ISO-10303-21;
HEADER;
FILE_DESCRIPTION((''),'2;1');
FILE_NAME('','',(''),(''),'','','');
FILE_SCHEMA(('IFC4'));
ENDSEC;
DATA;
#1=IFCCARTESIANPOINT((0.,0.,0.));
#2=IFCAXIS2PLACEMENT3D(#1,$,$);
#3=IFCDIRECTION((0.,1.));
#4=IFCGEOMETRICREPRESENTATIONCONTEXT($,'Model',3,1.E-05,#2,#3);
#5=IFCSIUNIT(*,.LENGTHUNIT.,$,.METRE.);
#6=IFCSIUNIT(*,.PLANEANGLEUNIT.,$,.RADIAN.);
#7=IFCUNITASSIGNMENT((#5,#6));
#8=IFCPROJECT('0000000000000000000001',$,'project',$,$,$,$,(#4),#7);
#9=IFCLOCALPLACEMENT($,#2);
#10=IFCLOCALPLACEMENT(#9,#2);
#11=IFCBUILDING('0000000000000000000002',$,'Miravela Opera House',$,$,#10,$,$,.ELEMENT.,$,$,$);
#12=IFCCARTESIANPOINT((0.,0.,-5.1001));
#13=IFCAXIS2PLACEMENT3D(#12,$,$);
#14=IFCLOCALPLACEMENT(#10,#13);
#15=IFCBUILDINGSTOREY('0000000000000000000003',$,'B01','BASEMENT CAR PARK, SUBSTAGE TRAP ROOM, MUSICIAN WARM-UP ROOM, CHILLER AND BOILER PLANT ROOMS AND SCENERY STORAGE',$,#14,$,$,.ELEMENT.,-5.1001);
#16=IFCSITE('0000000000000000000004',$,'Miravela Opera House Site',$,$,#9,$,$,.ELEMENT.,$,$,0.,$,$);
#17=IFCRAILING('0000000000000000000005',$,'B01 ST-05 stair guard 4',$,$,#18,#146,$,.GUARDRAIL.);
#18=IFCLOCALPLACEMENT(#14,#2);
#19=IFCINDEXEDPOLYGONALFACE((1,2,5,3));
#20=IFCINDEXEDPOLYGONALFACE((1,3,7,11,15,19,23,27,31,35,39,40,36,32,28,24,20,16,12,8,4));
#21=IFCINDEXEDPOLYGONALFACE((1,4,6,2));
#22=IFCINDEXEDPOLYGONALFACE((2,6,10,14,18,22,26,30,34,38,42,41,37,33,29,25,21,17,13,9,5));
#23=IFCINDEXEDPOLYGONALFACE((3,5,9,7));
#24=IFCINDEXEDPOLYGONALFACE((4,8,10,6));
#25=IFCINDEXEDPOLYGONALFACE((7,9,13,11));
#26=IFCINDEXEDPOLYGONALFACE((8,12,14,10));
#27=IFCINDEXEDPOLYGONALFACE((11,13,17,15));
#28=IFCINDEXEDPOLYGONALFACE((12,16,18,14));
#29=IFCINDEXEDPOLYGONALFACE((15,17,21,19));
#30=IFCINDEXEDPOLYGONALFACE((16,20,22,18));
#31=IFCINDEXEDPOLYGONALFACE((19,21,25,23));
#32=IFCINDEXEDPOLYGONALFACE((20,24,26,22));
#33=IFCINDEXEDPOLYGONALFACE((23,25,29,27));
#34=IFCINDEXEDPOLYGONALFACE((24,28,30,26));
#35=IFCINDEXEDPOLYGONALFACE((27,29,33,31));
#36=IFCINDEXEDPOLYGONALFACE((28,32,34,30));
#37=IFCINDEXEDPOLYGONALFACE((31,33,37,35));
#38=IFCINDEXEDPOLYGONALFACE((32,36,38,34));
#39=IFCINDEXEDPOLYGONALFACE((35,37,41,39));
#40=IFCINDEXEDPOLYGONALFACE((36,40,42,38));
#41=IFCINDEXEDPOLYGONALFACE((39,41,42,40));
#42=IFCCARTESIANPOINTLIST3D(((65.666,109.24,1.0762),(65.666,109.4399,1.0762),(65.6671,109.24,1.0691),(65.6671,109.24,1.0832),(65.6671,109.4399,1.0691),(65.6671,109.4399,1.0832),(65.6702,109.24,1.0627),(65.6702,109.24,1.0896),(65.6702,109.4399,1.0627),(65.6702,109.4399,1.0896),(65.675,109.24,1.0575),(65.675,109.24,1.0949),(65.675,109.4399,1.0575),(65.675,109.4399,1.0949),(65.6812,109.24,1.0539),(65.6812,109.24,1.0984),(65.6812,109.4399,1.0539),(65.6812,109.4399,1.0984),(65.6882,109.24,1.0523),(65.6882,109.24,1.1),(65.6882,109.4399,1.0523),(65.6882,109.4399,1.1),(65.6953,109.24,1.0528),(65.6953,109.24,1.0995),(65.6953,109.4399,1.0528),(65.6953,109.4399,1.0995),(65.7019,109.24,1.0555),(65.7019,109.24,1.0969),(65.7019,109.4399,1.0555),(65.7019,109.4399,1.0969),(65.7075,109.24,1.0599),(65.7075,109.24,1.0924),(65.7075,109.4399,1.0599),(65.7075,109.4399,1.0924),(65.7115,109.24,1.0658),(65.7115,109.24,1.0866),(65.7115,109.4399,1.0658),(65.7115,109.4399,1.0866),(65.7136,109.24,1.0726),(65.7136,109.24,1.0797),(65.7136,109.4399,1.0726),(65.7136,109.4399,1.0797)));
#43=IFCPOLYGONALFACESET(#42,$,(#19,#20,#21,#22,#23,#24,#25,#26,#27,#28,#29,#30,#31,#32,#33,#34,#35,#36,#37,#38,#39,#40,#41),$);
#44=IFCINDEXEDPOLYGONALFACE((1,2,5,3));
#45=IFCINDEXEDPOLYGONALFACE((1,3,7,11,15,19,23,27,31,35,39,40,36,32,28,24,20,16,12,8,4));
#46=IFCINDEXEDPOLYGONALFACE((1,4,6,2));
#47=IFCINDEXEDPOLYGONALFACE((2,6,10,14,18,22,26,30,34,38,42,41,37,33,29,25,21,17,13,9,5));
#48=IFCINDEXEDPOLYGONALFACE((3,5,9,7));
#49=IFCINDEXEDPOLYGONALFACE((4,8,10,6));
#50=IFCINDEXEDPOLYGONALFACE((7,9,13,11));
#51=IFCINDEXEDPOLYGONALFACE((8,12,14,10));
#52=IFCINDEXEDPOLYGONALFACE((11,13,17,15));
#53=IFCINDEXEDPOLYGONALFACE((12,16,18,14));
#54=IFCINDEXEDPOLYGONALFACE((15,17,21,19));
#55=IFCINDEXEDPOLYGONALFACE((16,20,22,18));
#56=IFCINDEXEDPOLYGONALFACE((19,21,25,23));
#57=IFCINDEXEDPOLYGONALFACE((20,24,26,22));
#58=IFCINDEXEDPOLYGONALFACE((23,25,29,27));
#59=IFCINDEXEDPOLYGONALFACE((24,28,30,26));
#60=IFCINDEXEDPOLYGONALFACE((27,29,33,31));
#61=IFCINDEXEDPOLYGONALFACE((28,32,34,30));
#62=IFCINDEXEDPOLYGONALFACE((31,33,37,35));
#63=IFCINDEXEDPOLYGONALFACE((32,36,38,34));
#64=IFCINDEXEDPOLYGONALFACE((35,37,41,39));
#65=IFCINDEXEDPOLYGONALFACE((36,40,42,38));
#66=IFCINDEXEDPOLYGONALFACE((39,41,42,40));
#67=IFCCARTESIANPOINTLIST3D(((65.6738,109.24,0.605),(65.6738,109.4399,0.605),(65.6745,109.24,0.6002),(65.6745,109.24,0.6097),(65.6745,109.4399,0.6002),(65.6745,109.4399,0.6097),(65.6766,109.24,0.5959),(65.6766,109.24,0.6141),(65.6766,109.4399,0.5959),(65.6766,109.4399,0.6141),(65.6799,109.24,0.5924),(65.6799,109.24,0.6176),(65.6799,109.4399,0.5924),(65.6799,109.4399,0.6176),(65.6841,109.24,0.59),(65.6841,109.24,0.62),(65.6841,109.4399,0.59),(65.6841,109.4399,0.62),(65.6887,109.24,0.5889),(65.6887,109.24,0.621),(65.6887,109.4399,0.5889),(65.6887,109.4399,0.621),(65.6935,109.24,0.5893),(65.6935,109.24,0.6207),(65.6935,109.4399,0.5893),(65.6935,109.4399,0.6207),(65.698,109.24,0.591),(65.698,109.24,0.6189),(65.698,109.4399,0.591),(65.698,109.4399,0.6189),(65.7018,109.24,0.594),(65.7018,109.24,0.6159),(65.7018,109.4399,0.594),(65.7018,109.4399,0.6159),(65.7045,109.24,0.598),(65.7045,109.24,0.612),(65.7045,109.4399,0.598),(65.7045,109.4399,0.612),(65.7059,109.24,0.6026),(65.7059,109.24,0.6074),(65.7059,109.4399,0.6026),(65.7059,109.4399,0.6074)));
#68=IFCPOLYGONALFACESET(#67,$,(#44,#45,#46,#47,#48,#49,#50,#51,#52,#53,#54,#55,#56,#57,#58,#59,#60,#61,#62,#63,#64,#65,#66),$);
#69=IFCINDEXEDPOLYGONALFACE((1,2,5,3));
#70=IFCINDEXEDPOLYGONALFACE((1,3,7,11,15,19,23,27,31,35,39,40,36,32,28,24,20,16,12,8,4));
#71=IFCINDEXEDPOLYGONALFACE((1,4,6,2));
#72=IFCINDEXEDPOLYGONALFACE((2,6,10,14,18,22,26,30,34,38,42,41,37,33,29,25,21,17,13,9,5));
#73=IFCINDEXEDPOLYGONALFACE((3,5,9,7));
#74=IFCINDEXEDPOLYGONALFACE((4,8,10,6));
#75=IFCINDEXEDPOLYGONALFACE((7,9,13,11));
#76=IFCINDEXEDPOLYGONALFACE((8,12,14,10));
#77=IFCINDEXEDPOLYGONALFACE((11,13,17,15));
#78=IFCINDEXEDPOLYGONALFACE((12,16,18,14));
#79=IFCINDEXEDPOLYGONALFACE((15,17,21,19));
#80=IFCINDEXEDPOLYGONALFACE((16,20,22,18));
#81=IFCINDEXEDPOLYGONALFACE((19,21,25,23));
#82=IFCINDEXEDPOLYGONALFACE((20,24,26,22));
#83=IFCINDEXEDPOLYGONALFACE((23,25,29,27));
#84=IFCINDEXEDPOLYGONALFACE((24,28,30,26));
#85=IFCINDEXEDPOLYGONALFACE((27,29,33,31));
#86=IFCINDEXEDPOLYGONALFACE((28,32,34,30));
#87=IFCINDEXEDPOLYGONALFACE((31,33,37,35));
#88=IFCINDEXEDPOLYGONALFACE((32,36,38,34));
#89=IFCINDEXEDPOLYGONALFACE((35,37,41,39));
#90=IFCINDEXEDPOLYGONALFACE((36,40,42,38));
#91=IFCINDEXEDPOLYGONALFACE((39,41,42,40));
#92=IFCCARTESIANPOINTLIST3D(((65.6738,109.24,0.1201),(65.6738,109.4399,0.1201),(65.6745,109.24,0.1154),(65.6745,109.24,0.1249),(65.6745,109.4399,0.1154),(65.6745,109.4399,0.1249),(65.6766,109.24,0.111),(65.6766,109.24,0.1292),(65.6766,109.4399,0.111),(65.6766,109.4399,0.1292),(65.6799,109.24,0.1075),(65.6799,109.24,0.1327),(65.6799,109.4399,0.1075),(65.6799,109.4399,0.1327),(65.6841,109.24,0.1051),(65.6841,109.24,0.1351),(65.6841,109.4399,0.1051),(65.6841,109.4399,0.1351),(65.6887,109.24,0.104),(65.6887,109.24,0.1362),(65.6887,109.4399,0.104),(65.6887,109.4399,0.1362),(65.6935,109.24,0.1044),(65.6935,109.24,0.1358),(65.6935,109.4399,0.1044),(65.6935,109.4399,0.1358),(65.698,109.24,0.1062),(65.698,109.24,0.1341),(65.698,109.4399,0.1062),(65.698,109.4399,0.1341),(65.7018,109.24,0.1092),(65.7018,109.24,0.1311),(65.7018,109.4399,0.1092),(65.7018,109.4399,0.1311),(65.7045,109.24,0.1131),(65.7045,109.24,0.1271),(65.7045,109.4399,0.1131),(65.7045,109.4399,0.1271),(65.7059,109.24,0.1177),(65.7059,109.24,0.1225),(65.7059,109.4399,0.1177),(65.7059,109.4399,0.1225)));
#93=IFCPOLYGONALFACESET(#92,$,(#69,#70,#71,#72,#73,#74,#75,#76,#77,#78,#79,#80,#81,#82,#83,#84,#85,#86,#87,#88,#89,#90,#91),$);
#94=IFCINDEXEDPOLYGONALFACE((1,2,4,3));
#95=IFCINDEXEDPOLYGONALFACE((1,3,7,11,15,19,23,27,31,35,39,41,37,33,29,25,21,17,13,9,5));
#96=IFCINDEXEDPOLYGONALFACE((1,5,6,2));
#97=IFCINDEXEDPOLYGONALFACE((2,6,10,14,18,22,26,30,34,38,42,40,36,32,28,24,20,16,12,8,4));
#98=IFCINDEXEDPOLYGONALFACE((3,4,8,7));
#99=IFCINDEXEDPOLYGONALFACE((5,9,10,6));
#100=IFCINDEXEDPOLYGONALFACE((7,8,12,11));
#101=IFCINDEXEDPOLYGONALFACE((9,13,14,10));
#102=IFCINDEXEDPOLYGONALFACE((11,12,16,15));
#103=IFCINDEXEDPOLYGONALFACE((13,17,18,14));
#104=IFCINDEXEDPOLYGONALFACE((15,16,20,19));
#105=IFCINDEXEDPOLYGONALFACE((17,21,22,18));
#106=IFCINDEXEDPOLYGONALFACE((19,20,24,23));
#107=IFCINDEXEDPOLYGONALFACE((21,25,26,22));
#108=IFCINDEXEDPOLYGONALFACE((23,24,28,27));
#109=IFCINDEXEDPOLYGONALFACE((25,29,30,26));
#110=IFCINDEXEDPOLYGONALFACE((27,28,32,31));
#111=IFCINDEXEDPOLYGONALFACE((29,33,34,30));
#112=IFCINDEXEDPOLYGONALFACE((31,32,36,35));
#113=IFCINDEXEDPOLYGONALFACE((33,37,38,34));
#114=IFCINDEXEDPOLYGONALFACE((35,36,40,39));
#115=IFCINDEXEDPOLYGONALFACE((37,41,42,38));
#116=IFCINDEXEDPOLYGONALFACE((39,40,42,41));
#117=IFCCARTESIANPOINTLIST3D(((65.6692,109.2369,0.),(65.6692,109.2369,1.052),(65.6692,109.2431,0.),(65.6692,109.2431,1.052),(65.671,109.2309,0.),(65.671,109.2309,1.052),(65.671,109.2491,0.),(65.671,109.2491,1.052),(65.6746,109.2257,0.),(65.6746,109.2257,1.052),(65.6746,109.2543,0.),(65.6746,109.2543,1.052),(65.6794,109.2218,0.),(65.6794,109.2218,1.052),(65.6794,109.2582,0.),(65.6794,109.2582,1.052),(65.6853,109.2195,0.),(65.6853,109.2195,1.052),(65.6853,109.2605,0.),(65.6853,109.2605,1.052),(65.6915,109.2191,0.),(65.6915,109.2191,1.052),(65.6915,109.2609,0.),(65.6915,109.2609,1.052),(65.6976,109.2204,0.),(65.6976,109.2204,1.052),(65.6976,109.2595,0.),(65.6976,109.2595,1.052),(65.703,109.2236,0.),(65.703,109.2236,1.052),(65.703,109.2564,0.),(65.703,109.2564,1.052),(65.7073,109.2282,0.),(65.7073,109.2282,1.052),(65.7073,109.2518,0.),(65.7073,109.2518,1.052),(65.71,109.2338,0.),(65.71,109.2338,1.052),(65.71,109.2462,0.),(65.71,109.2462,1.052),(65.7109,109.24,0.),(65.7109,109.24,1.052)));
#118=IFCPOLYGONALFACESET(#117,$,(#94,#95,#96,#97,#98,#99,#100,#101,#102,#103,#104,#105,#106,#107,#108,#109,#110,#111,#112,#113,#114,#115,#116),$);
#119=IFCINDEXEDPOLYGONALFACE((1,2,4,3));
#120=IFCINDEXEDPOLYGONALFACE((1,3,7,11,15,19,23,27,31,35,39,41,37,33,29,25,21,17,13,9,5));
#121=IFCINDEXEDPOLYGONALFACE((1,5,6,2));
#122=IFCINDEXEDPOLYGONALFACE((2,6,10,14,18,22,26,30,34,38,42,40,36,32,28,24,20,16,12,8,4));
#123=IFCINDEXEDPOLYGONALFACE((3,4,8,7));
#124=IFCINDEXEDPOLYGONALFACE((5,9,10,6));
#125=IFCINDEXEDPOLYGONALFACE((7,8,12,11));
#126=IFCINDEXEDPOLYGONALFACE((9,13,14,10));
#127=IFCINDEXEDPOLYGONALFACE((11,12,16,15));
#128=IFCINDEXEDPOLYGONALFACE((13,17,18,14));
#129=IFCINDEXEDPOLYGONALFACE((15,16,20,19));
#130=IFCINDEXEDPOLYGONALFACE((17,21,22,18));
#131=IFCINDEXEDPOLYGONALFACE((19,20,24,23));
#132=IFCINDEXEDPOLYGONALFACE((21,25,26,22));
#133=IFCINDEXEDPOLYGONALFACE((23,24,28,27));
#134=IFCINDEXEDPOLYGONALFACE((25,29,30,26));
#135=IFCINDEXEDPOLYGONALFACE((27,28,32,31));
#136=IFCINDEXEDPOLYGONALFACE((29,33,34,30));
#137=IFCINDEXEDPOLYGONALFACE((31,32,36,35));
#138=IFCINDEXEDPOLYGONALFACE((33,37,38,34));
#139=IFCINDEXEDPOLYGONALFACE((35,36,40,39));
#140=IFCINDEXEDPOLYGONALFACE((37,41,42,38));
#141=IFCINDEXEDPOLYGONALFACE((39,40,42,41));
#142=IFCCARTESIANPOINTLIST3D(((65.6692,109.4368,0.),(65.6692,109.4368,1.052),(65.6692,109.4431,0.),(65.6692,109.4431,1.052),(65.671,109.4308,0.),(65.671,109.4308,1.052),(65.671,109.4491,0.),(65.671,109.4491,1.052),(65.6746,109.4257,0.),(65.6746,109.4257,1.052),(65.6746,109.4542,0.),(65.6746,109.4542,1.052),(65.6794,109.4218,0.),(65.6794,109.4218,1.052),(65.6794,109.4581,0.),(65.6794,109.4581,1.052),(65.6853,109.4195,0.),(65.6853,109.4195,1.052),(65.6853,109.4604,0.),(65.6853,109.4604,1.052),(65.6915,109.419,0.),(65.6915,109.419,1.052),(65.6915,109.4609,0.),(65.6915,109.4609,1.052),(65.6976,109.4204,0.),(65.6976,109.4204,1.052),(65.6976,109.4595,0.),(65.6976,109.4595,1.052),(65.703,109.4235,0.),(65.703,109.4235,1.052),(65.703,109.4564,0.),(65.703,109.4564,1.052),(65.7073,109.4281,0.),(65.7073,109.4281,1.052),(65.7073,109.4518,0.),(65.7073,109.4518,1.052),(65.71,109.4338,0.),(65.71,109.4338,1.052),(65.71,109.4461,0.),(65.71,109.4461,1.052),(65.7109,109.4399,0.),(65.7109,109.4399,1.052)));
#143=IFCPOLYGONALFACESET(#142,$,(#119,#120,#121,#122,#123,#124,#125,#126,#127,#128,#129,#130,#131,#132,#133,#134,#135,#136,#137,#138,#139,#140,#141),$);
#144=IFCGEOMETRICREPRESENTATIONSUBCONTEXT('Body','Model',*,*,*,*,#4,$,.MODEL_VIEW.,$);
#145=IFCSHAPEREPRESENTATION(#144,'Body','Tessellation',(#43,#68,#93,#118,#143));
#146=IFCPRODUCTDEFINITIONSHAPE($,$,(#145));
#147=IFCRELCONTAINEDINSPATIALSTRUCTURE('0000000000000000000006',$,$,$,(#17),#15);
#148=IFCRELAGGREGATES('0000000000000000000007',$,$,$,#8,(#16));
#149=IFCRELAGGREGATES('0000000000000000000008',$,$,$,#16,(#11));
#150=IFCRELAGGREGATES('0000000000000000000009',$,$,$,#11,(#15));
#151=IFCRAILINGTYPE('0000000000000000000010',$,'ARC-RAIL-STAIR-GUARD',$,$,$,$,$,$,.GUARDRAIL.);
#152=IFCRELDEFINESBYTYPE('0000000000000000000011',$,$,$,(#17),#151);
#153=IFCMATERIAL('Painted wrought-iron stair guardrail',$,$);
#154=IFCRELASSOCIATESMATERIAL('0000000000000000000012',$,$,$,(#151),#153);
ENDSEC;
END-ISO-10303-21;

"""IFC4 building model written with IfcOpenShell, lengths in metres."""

from ifc_helpers import new_model, si_unit, direction, frame, origin, origin_2d, place, context, subcontext, project, spatial, circle, extrude, material, type_object, element, save


model = new_model("IFC4")

# Units and contexts
model_context = context("Model", 3, precision=1e-05, world=origin(), true_north=direction((0.0, 1.0)))
body_context = subcontext(model_context, "Body", "Model", "MODEL_VIEW")
ifc_project = project(units=[si_unit("LENGTHUNIT", "METRE"), si_unit("PLANEANGLEUNIT", "RADIAN")], contexts=[model_context])

# Site, building, storey
site_placement = place(None, origin())
site = spatial("IfcSite", under=ifc_project, at=site_placement, Name="Miravela Opera House Site", CompositionType="ELEMENT", RefElevation=0.0)
building_placement = place(site_placement, origin())
building = spatial("IfcBuilding", under=site, at=building_placement, Name="Miravela Opera House", CompositionType="ELEMENT")
storey_placement = place(building_placement, frame((0.0, 0.0, -5.1001)))
storey = spatial("IfcBuildingStorey", under=building, at=storey_placement, Name="B01", Description="BASEMENT CAR PARK, SUBSTAGE TRAP ROOM, MUSICIAN WARM-UP ROOM, CHILLER AND BOILER PLANT ROOMS AND SCENERY STORAGE", CompositionType="ELEMENT", Elevation=-5.1001)

# Railing
ifc_material_1 = material(Name="Painted wrought-iron stair guardrail")
railing_type_1 = type_object("IfcRailingType", Name="ARC-RAIL-STAIR-GUARD", PredefinedType="GUARDRAIL", material=ifc_material_1)
railing_1_placement = place(storey_placement, frame((65.6899, 109.24, 0.0)))
element("IfcRailing", 1, at=railing_1_placement, inside=storey, type_object=railing_type_1, Name="B01 ST-05 stair guard 4", PredefinedType="GUARDRAIL", context=body_context, shape_type="SweptSolid", body=[
    extrude(circle(Radius=0.0239, at=origin_2d()), frame((0.0, 0.0, 1.0762), z_axis=(0.0, 1.0, 0.0), x_axis=(-1.0, 0.0, 0.0)), (0.0, 0.0, 1.0), 0.2),
    extrude(circle(Radius=0.0161, at=origin_2d()), frame((0.0, 0.0, 0.605), z_axis=(0.0, 1.0, 0.0), x_axis=(-1.0, 0.0, 0.0)), (0.0, 0.0, 1.0), 0.2),
    extrude(circle(Radius=0.0161, at=origin_2d()), frame((0.0, 0.0, 0.1201), z_axis=(0.0, 1.0, 0.0), x_axis=(-1.0, 0.0, 0.0)), (0.0, 0.0, 1.0), 0.2),
    extrude(circle(Radius=0.021, at=origin_2d()), origin(), (0.0, 0.0, 1.0), 1.052),
    extrude(circle(Radius=0.021, at=origin_2d()), frame((0.0, 0.2, 0.0)), (0.0, 0.0, 1.0), 1.052),
])

save(model, "model.ifc")
